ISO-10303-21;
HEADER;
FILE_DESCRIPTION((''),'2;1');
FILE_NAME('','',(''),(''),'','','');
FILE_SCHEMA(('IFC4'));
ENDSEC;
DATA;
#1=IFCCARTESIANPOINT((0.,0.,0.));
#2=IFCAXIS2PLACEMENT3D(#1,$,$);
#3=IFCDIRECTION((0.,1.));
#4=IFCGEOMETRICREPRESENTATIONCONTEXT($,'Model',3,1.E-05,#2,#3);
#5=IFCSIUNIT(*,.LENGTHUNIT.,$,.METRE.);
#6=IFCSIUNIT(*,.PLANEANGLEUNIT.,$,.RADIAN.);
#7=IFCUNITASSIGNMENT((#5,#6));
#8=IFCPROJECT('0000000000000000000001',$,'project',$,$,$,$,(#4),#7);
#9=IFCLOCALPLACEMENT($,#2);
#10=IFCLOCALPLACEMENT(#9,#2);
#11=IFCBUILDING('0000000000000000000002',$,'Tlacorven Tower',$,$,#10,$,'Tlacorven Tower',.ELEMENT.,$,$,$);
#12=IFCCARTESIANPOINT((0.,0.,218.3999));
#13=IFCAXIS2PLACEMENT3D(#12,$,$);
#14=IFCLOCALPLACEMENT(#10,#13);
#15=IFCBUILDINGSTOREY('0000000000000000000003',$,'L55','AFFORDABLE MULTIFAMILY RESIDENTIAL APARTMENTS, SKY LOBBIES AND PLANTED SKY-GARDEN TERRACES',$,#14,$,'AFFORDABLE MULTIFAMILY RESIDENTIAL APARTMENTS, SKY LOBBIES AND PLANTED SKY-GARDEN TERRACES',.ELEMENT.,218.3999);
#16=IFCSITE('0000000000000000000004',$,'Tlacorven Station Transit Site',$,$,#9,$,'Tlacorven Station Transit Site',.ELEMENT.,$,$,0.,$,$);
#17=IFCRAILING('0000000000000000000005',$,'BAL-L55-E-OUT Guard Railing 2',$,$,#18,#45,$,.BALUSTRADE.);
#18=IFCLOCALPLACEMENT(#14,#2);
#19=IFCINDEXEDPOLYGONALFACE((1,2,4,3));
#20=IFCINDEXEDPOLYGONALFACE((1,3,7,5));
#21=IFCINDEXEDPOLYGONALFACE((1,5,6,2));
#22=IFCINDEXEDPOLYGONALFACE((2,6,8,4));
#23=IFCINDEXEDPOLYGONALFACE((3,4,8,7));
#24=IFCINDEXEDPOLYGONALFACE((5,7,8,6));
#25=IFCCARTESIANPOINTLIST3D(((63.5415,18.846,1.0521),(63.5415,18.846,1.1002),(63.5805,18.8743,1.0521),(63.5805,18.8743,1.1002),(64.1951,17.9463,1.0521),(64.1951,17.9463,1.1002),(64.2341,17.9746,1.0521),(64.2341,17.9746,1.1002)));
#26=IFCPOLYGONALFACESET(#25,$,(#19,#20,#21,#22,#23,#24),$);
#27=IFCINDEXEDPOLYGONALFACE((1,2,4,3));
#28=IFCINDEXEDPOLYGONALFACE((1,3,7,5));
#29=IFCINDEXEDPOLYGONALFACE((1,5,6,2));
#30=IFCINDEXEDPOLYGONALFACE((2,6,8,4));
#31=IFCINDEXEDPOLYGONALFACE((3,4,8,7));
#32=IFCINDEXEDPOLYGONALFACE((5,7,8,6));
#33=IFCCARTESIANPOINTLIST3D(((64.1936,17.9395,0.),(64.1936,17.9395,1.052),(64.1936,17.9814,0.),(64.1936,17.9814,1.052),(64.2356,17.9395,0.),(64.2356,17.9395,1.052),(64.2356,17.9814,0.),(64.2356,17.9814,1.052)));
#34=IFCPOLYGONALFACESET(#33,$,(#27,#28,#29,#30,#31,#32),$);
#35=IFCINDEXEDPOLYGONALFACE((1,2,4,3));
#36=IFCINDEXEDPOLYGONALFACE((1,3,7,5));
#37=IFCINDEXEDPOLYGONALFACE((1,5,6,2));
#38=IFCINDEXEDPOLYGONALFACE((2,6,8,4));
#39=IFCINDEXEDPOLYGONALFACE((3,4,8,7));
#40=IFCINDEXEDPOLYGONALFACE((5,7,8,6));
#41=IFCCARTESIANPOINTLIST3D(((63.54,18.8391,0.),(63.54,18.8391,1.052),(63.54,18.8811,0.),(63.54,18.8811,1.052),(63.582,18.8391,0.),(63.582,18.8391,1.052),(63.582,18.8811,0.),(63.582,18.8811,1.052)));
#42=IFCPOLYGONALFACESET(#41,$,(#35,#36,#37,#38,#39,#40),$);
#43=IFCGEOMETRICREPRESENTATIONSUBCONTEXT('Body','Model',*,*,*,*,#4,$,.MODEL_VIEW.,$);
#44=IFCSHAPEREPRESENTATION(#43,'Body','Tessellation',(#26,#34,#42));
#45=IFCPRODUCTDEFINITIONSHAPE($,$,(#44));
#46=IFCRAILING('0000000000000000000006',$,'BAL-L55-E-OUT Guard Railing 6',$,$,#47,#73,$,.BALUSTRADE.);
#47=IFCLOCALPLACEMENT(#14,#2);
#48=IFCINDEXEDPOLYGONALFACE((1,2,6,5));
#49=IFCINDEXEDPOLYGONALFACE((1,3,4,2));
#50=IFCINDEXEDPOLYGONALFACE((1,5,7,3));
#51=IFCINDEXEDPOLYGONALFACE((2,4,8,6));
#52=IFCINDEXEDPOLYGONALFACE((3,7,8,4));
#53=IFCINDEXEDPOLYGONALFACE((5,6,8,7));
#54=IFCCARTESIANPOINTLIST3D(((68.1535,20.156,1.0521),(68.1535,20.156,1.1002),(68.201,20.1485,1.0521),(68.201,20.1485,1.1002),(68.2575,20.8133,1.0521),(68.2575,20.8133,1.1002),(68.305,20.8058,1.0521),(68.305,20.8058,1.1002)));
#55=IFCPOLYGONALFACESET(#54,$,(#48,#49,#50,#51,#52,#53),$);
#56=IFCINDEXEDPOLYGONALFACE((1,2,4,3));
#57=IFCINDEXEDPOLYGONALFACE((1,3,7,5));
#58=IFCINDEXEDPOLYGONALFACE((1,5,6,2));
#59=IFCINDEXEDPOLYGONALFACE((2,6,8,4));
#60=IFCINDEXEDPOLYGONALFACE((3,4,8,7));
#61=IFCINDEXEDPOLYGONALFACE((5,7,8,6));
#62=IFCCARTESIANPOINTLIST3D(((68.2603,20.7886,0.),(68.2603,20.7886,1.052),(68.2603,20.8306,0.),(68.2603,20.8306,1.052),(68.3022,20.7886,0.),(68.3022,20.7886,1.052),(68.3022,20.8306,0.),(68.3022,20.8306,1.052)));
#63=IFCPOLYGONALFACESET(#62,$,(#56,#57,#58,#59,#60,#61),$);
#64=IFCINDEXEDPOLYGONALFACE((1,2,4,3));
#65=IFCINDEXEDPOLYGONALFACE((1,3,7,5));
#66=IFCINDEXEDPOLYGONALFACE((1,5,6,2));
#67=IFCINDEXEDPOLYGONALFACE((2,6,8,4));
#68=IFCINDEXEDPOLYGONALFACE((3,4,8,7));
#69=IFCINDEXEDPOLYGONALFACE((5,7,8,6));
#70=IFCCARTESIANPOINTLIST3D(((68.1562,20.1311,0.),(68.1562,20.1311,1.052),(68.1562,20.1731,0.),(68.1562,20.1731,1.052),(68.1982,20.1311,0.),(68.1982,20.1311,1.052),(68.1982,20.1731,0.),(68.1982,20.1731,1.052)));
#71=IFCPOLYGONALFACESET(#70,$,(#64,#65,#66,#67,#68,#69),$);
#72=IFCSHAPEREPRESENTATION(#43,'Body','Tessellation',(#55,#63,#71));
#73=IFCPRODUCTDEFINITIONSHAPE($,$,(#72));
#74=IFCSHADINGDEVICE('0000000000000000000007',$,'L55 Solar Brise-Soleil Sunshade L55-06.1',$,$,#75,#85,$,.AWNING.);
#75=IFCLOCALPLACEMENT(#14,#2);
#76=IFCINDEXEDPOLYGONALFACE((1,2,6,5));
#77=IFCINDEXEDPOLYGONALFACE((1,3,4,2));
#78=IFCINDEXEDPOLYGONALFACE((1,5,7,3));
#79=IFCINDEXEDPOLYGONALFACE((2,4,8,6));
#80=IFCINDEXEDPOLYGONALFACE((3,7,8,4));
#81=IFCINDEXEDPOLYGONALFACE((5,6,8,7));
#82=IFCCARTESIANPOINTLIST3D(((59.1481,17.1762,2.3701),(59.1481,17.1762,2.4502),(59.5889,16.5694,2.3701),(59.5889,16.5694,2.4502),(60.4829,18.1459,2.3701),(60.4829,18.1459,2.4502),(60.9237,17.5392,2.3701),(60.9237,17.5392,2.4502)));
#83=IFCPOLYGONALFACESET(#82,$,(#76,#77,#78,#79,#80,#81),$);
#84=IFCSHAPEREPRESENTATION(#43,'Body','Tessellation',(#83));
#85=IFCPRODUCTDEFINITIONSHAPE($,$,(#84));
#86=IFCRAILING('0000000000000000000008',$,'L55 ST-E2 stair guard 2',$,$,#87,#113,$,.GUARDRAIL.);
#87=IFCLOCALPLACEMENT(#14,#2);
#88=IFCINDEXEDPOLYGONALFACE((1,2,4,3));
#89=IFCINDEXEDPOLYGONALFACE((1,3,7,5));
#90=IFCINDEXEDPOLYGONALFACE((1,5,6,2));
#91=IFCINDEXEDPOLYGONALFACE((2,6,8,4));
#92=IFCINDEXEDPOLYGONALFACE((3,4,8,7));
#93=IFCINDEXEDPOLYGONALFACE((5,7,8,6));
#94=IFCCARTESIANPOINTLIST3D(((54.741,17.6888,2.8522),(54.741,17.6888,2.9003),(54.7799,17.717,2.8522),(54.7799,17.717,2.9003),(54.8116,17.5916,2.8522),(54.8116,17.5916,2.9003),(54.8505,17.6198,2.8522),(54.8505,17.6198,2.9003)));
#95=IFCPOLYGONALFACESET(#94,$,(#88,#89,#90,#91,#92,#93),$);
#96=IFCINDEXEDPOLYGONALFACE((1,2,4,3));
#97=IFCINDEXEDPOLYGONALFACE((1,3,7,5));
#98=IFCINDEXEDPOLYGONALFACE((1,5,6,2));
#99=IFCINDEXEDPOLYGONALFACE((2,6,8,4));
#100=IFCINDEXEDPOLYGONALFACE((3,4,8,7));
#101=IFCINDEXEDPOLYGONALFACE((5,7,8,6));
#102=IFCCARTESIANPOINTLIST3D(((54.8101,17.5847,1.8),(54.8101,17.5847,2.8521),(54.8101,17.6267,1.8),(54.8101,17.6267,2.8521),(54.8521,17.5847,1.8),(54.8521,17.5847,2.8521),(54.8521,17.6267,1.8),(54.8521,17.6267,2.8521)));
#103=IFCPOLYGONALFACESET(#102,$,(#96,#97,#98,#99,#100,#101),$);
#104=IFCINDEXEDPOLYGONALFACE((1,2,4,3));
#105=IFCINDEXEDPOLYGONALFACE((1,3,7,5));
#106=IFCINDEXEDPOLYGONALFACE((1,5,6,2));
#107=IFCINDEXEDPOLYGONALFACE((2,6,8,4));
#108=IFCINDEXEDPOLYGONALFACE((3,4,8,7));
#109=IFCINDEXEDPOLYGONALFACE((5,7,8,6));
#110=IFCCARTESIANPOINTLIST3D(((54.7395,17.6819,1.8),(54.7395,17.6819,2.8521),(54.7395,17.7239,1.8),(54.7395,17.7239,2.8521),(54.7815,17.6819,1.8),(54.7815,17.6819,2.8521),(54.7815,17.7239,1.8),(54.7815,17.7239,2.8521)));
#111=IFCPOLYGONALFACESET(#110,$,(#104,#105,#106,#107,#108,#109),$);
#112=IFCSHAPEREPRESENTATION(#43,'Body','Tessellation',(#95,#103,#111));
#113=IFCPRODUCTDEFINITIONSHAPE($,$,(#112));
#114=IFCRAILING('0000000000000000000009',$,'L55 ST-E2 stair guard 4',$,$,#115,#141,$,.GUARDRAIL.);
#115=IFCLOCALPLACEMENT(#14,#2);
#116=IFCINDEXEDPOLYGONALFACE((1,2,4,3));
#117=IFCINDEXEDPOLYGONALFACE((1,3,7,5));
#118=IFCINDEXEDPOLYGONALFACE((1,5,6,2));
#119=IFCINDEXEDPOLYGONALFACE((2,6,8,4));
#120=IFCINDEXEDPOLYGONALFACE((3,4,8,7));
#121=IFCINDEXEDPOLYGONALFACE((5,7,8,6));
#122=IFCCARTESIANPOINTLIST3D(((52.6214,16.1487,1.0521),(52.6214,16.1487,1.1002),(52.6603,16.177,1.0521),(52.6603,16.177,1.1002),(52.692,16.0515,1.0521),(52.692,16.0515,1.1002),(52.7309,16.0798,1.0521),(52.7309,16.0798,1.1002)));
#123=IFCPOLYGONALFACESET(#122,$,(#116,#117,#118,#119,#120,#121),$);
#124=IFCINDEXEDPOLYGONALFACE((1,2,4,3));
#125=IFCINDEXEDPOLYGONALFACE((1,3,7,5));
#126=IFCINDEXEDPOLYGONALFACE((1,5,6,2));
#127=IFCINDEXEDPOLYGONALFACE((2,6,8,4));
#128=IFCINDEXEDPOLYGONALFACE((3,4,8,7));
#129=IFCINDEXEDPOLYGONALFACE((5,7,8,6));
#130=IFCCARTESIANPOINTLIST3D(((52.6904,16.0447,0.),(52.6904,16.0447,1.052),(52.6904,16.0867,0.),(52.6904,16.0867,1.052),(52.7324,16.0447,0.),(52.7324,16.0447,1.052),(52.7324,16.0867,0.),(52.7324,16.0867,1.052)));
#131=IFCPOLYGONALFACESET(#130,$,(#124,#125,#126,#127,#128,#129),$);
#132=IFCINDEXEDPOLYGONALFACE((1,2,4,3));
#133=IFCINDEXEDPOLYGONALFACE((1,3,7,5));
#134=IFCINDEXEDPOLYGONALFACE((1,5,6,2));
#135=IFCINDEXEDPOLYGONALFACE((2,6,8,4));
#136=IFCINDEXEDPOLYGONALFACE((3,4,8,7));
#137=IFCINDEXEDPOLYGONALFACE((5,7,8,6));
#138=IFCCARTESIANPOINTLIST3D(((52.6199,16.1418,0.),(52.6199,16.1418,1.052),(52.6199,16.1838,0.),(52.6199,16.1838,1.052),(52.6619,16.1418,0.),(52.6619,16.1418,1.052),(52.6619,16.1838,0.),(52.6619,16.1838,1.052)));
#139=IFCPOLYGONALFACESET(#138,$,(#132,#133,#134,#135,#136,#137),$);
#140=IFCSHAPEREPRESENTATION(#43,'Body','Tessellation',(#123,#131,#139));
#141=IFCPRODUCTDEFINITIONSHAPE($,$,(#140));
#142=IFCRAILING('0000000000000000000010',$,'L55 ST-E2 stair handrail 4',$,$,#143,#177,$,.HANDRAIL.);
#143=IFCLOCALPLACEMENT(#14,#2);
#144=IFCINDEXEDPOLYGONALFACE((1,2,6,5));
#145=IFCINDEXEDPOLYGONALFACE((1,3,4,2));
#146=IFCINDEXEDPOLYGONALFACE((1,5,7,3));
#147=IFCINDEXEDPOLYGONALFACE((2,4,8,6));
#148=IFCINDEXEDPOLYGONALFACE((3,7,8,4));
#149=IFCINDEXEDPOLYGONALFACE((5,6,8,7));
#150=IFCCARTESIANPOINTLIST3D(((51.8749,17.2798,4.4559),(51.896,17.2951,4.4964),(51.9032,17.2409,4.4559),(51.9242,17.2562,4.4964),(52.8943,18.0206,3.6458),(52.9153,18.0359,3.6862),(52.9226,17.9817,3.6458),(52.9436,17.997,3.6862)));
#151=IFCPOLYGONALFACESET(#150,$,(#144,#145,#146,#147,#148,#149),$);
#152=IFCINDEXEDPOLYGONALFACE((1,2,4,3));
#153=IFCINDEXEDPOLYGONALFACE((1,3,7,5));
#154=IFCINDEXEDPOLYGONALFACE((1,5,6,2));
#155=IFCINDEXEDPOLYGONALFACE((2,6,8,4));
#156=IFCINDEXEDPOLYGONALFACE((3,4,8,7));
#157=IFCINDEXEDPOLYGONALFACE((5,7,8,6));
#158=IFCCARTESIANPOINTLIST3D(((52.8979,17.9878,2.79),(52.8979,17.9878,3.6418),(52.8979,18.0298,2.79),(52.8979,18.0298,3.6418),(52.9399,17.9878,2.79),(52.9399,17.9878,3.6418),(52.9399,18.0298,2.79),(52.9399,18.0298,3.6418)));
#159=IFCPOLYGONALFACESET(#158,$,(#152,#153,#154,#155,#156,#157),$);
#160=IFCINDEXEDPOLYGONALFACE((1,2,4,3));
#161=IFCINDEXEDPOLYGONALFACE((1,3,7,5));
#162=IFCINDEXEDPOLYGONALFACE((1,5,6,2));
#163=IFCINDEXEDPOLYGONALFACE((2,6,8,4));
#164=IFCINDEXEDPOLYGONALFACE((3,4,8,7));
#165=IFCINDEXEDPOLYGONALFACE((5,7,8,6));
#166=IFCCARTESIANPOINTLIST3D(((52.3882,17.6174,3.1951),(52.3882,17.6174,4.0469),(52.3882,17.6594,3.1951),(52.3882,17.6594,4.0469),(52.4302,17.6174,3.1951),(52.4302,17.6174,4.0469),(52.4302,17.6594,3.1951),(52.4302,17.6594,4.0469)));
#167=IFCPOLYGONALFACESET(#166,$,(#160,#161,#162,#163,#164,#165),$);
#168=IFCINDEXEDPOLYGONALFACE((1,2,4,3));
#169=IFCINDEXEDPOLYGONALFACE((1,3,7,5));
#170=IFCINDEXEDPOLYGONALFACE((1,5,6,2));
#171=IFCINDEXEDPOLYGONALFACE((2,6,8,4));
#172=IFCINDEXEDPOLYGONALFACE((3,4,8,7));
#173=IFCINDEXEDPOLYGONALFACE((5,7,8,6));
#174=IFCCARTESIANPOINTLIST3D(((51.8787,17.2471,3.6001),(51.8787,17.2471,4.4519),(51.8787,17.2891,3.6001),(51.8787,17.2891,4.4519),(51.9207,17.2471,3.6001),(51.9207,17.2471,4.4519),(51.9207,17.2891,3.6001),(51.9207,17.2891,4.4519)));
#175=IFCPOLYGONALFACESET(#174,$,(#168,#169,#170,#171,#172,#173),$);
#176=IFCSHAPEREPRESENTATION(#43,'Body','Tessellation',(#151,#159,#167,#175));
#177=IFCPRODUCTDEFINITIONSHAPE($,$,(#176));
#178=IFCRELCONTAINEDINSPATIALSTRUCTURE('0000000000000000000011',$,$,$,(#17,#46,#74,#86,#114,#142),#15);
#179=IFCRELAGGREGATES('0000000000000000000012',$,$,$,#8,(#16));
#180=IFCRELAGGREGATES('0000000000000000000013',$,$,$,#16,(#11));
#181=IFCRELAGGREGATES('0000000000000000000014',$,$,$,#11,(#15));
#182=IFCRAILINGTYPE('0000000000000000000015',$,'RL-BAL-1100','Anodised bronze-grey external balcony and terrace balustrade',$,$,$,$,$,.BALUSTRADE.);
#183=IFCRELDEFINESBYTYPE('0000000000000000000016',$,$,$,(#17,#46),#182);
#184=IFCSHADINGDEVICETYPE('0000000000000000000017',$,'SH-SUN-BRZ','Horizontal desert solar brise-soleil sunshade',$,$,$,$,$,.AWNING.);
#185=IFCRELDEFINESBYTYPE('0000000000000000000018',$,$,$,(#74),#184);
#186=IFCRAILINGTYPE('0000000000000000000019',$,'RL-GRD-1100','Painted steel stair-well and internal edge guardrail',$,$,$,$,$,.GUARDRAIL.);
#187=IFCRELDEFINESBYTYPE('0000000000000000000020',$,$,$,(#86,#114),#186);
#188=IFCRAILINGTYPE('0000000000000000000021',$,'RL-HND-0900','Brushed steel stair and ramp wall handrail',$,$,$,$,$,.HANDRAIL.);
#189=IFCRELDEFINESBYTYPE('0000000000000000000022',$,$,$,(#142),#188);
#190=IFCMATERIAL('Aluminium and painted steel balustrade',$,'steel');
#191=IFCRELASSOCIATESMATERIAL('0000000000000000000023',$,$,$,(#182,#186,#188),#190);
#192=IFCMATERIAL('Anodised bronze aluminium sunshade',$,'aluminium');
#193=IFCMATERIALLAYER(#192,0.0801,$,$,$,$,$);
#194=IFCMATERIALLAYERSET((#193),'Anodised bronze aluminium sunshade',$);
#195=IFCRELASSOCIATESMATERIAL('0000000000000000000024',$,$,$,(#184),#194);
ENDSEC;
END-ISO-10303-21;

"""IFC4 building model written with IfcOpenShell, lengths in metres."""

from ifc_helpers import new_model, si_unit, direction, frame, origin, origin_2d, place, context, subcontext, project, spatial, rectangle, extrude, source, transform, mapped, material, layer, layer_set, type_object, element, save


model = new_model("IFC4")

# Units and contexts
model_context = context("Model", 3, precision=1e-05, world=origin(), true_north=direction((0.0, 1.0)))
body_context = subcontext(model_context, "Body", "Model", "MODEL_VIEW")
ifc_project = project(units=[si_unit("LENGTHUNIT", "METRE"), si_unit("PLANEANGLEUNIT", "RADIAN")], contexts=[model_context])

# Site, building, storey
site_placement = place(None, origin())
site = spatial("IfcSite", under=ifc_project, at=site_placement, Name="Tlacorven Station Transit Site", LongName="Tlacorven Station Transit Site", CompositionType="ELEMENT", RefElevation=0.0)
building_placement = place(site_placement, origin())
building = spatial("IfcBuilding", under=site, at=building_placement, Name="Tlacorven Tower", LongName="Tlacorven Tower", CompositionType="ELEMENT")
storey_placement = place(building_placement, frame((0.0, 0.0, 218.3999)))
storey = spatial("IfcBuildingStorey", under=building, at=storey_placement, Name="L55", Description="AFFORDABLE MULTIFAMILY RESIDENTIAL APARTMENTS, SKY LOBBIES AND PLANTED SKY-GARDEN TERRACES", LongName="AFFORDABLE MULTIFAMILY RESIDENTIAL APARTMENTS, SKY LOBBIES AND PLANTED SKY-GARDEN TERRACES", CompositionType="ELEMENT", Elevation=218.3999)

# Railings
ifc_material_1 = material(Name="Aluminium and painted steel balustrade", Category="steel")
railing_type_1 = type_object("IfcRailingType", Name="RL-BAL-1100", Description="Anodised bronze-grey external balcony and terrace balustrade", PredefinedType="BALUSTRADE", material=ifc_material_1)
shared_shape_1 = source(origin(), body_context, "Body", "SweptSolid", [
    extrude(rectangle(XDim=0.0481, YDim=0.0481, at=origin_2d()), frame((0.0, 0.0, 1.0762), z_axis=(-0.587741, 0.809049, 0.0), x_axis=(-0.809049, -0.587741, 0.0)), (0.0, 0.0, 1.0), 1.1121),
    extrude(rectangle(XDim=0.042, YDim=0.042, at=origin_2d()), origin(), (0.0, 0.0, 1.0), 1.052),
    extrude(rectangle(XDim=0.042, YDim=0.042, at=origin_2d()), frame((-0.6536, 0.8997, 0.0)), (0.0, 0.0, 1.0), 1.052),
])
railing_1_placement = place(storey_placement, frame((64.2146, 17.9604, 0.0)))
element("IfcRailing", 1, at=railing_1_placement, inside=storey, type_object=railing_type_1, Name="BAL-L55-E-OUT Guard Railing 2", PredefinedType="BALUSTRADE", context=body_context, shape_type="MappedRepresentation", body=[
    mapped(shared_shape_1, transform((0.0, 0.0, 0.0), scale=1.0)),
])
shared_shape_2 = source(origin(), body_context, "Body", "SweptSolid", [
    extrude(rectangle(XDim=0.0481, YDim=0.0481, at=origin_2d()), frame((0.0, 0.0, 1.0762), z_axis=(-0.156245, -0.987718, 0.0), x_axis=(0.987718, -0.156245, 0.0)), (0.0, 0.0, 1.0), 0.6655),
    extrude(rectangle(XDim=0.042, YDim=0.042, at=origin_2d()), origin(), (0.0, 0.0, 1.0), 1.052),
    extrude(rectangle(XDim=0.042, YDim=0.042, at=origin_2d()), frame((-0.104, -0.6575, 0.0)), (0.0, 0.0, 1.0), 1.052),
])
railing_2_placement = place(storey_placement, frame((68.2812, 20.8096, 0.0)))
element("IfcRailing", 2, at=railing_2_placement, inside=storey, type_object=railing_type_1, Name="BAL-L55-E-OUT Guard Railing 6", PredefinedType="BALUSTRADE", context=body_context, shape_type="MappedRepresentation", body=[
    mapped(shared_shape_2, transform((0.0, 0.0, 0.0), scale=1.0)),
])

# Shading device
ifc_material_2 = material(Name="Anodised bronze aluminium sunshade", Category="aluminium")
ifc_layer_1 = layer(ifc_material_2, 0.0801)
ifc_layer_set_1 = layer_set([ifc_layer_1], Name="Anodised bronze aluminium sunshade")
shading_device_type = type_object("IfcShadingDeviceType", Name="SH-SUN-BRZ", Description="Horizontal desert solar brise-soleil sunshade", PredefinedType="AWNING", material=ifc_layer_set_1)
shared_shape_3 = source(origin(), body_context, "Body", "SweptSolid", [
    extrude(rectangle(XDim=1.6499, YDim=0.75, at=origin_2d()), origin(), (0.0, 0.0, 1.0), 0.0801),
])
shading_device_placement = place(storey_placement, frame((60.0359, 17.3577, 2.3701), z_axis=(0.0, 0.0, 1.0), x_axis=(-0.809017, -0.587785, 0.0)))
element("IfcShadingDevice", 3, at=shading_device_placement, inside=storey, type_object=shading_device_type, Name="L55 Solar Brise-Soleil Sunshade L55-06.1", PredefinedType="AWNING", context=body_context, shape_type="MappedRepresentation", body=[
    mapped(shared_shape_3, transform((0.0, 0.0, 0.0), scale=1.0)),
])

# Railings
railing_type_2 = type_object("IfcRailingType", Name="RL-GRD-1100", Description="Painted steel stair-well and internal edge guardrail", PredefinedType="GUARDRAIL", material=ifc_material_1)
shared_shape_4 = source(origin(), body_context, "Body", "SweptSolid", [
    extrude(rectangle(XDim=0.0481, YDim=0.0481, at=origin_2d()), frame((0.0, 0.0, 1.0762), z_axis=(-0.587567, 0.809175, 0.0), x_axis=(-0.809175, -0.587567, 0.0)), (0.0, 0.0, 1.0), 0.1201),
    extrude(rectangle(XDim=0.042, YDim=0.042, at=origin_2d()), origin(), (0.0, 0.0, 1.0), 1.052),
    extrude(rectangle(XDim=0.042, YDim=0.042, at=origin_2d()), frame((-0.0706, 0.0972, 0.0)), (0.0, 0.0, 1.0), 1.052),
])
for number, where, name in (
    (4, (54.8311, 17.6057, 1.8), "L55 ST-E2 stair guard 2"),
    (5, (52.7114, 16.0657, 0.0), "L55 ST-E2 stair guard 4"),
):
    element("IfcRailing", number, at=place(storey_placement, frame(where)), inside=storey, type_object=railing_type_2, Name=name, PredefinedType="GUARDRAIL", context=body_context, shape_type="MappedRepresentation", body=[
        mapped(shared_shape_4, transform((0.0, 0.0, 0.0), scale=1.0)),
    ])
railing_type_3 = type_object("IfcRailingType", Name="RL-HND-0900", Description="Brushed steel stair and ramp wall handrail", PredefinedType="HANDRAIL", material=ifc_material_1)
shared_shape_5 = source(origin(), body_context, "Body", "SweptSolid", [
    extrude(rectangle(XDim=0.0481, YDim=0.0481, at=origin_2d()), frame((0.0, 0.0, 0.876), z_axis=(-0.680461, -0.494496, 0.540783), x_axis=(0.587872, -0.808954, 0.0)), (0.0, 0.0, 1.0), 1.498),
    extrude(rectangle(XDim=0.042, YDim=0.042, at=origin_2d()), origin(), (0.0, 0.0, 1.0), 0.8518),
    extrude(rectangle(XDim=0.042, YDim=0.042, at=origin_2d()), frame((-0.5098, -0.3704, 0.405)), (0.0, 0.0, 1.0), 0.8518),
    extrude(rectangle(XDim=0.042, YDim=0.042, at=origin_2d()), frame((-1.0193, -0.7407, 0.8101)), (0.0, 0.0, 1.0), 0.8518),
])
railing_3_placement = place(storey_placement, frame((52.9189, 18.0088, 2.79)))
element("IfcRailing", 6, at=railing_3_placement, inside=storey, type_object=railing_type_3, Name="L55 ST-E2 stair handrail 4", PredefinedType="HANDRAIL", context=body_context, shape_type="MappedRepresentation", body=[
    mapped(shared_shape_5, transform((0.0, 0.0, 0.0), scale=1.0)),
])

save(model, "model.ifc")
